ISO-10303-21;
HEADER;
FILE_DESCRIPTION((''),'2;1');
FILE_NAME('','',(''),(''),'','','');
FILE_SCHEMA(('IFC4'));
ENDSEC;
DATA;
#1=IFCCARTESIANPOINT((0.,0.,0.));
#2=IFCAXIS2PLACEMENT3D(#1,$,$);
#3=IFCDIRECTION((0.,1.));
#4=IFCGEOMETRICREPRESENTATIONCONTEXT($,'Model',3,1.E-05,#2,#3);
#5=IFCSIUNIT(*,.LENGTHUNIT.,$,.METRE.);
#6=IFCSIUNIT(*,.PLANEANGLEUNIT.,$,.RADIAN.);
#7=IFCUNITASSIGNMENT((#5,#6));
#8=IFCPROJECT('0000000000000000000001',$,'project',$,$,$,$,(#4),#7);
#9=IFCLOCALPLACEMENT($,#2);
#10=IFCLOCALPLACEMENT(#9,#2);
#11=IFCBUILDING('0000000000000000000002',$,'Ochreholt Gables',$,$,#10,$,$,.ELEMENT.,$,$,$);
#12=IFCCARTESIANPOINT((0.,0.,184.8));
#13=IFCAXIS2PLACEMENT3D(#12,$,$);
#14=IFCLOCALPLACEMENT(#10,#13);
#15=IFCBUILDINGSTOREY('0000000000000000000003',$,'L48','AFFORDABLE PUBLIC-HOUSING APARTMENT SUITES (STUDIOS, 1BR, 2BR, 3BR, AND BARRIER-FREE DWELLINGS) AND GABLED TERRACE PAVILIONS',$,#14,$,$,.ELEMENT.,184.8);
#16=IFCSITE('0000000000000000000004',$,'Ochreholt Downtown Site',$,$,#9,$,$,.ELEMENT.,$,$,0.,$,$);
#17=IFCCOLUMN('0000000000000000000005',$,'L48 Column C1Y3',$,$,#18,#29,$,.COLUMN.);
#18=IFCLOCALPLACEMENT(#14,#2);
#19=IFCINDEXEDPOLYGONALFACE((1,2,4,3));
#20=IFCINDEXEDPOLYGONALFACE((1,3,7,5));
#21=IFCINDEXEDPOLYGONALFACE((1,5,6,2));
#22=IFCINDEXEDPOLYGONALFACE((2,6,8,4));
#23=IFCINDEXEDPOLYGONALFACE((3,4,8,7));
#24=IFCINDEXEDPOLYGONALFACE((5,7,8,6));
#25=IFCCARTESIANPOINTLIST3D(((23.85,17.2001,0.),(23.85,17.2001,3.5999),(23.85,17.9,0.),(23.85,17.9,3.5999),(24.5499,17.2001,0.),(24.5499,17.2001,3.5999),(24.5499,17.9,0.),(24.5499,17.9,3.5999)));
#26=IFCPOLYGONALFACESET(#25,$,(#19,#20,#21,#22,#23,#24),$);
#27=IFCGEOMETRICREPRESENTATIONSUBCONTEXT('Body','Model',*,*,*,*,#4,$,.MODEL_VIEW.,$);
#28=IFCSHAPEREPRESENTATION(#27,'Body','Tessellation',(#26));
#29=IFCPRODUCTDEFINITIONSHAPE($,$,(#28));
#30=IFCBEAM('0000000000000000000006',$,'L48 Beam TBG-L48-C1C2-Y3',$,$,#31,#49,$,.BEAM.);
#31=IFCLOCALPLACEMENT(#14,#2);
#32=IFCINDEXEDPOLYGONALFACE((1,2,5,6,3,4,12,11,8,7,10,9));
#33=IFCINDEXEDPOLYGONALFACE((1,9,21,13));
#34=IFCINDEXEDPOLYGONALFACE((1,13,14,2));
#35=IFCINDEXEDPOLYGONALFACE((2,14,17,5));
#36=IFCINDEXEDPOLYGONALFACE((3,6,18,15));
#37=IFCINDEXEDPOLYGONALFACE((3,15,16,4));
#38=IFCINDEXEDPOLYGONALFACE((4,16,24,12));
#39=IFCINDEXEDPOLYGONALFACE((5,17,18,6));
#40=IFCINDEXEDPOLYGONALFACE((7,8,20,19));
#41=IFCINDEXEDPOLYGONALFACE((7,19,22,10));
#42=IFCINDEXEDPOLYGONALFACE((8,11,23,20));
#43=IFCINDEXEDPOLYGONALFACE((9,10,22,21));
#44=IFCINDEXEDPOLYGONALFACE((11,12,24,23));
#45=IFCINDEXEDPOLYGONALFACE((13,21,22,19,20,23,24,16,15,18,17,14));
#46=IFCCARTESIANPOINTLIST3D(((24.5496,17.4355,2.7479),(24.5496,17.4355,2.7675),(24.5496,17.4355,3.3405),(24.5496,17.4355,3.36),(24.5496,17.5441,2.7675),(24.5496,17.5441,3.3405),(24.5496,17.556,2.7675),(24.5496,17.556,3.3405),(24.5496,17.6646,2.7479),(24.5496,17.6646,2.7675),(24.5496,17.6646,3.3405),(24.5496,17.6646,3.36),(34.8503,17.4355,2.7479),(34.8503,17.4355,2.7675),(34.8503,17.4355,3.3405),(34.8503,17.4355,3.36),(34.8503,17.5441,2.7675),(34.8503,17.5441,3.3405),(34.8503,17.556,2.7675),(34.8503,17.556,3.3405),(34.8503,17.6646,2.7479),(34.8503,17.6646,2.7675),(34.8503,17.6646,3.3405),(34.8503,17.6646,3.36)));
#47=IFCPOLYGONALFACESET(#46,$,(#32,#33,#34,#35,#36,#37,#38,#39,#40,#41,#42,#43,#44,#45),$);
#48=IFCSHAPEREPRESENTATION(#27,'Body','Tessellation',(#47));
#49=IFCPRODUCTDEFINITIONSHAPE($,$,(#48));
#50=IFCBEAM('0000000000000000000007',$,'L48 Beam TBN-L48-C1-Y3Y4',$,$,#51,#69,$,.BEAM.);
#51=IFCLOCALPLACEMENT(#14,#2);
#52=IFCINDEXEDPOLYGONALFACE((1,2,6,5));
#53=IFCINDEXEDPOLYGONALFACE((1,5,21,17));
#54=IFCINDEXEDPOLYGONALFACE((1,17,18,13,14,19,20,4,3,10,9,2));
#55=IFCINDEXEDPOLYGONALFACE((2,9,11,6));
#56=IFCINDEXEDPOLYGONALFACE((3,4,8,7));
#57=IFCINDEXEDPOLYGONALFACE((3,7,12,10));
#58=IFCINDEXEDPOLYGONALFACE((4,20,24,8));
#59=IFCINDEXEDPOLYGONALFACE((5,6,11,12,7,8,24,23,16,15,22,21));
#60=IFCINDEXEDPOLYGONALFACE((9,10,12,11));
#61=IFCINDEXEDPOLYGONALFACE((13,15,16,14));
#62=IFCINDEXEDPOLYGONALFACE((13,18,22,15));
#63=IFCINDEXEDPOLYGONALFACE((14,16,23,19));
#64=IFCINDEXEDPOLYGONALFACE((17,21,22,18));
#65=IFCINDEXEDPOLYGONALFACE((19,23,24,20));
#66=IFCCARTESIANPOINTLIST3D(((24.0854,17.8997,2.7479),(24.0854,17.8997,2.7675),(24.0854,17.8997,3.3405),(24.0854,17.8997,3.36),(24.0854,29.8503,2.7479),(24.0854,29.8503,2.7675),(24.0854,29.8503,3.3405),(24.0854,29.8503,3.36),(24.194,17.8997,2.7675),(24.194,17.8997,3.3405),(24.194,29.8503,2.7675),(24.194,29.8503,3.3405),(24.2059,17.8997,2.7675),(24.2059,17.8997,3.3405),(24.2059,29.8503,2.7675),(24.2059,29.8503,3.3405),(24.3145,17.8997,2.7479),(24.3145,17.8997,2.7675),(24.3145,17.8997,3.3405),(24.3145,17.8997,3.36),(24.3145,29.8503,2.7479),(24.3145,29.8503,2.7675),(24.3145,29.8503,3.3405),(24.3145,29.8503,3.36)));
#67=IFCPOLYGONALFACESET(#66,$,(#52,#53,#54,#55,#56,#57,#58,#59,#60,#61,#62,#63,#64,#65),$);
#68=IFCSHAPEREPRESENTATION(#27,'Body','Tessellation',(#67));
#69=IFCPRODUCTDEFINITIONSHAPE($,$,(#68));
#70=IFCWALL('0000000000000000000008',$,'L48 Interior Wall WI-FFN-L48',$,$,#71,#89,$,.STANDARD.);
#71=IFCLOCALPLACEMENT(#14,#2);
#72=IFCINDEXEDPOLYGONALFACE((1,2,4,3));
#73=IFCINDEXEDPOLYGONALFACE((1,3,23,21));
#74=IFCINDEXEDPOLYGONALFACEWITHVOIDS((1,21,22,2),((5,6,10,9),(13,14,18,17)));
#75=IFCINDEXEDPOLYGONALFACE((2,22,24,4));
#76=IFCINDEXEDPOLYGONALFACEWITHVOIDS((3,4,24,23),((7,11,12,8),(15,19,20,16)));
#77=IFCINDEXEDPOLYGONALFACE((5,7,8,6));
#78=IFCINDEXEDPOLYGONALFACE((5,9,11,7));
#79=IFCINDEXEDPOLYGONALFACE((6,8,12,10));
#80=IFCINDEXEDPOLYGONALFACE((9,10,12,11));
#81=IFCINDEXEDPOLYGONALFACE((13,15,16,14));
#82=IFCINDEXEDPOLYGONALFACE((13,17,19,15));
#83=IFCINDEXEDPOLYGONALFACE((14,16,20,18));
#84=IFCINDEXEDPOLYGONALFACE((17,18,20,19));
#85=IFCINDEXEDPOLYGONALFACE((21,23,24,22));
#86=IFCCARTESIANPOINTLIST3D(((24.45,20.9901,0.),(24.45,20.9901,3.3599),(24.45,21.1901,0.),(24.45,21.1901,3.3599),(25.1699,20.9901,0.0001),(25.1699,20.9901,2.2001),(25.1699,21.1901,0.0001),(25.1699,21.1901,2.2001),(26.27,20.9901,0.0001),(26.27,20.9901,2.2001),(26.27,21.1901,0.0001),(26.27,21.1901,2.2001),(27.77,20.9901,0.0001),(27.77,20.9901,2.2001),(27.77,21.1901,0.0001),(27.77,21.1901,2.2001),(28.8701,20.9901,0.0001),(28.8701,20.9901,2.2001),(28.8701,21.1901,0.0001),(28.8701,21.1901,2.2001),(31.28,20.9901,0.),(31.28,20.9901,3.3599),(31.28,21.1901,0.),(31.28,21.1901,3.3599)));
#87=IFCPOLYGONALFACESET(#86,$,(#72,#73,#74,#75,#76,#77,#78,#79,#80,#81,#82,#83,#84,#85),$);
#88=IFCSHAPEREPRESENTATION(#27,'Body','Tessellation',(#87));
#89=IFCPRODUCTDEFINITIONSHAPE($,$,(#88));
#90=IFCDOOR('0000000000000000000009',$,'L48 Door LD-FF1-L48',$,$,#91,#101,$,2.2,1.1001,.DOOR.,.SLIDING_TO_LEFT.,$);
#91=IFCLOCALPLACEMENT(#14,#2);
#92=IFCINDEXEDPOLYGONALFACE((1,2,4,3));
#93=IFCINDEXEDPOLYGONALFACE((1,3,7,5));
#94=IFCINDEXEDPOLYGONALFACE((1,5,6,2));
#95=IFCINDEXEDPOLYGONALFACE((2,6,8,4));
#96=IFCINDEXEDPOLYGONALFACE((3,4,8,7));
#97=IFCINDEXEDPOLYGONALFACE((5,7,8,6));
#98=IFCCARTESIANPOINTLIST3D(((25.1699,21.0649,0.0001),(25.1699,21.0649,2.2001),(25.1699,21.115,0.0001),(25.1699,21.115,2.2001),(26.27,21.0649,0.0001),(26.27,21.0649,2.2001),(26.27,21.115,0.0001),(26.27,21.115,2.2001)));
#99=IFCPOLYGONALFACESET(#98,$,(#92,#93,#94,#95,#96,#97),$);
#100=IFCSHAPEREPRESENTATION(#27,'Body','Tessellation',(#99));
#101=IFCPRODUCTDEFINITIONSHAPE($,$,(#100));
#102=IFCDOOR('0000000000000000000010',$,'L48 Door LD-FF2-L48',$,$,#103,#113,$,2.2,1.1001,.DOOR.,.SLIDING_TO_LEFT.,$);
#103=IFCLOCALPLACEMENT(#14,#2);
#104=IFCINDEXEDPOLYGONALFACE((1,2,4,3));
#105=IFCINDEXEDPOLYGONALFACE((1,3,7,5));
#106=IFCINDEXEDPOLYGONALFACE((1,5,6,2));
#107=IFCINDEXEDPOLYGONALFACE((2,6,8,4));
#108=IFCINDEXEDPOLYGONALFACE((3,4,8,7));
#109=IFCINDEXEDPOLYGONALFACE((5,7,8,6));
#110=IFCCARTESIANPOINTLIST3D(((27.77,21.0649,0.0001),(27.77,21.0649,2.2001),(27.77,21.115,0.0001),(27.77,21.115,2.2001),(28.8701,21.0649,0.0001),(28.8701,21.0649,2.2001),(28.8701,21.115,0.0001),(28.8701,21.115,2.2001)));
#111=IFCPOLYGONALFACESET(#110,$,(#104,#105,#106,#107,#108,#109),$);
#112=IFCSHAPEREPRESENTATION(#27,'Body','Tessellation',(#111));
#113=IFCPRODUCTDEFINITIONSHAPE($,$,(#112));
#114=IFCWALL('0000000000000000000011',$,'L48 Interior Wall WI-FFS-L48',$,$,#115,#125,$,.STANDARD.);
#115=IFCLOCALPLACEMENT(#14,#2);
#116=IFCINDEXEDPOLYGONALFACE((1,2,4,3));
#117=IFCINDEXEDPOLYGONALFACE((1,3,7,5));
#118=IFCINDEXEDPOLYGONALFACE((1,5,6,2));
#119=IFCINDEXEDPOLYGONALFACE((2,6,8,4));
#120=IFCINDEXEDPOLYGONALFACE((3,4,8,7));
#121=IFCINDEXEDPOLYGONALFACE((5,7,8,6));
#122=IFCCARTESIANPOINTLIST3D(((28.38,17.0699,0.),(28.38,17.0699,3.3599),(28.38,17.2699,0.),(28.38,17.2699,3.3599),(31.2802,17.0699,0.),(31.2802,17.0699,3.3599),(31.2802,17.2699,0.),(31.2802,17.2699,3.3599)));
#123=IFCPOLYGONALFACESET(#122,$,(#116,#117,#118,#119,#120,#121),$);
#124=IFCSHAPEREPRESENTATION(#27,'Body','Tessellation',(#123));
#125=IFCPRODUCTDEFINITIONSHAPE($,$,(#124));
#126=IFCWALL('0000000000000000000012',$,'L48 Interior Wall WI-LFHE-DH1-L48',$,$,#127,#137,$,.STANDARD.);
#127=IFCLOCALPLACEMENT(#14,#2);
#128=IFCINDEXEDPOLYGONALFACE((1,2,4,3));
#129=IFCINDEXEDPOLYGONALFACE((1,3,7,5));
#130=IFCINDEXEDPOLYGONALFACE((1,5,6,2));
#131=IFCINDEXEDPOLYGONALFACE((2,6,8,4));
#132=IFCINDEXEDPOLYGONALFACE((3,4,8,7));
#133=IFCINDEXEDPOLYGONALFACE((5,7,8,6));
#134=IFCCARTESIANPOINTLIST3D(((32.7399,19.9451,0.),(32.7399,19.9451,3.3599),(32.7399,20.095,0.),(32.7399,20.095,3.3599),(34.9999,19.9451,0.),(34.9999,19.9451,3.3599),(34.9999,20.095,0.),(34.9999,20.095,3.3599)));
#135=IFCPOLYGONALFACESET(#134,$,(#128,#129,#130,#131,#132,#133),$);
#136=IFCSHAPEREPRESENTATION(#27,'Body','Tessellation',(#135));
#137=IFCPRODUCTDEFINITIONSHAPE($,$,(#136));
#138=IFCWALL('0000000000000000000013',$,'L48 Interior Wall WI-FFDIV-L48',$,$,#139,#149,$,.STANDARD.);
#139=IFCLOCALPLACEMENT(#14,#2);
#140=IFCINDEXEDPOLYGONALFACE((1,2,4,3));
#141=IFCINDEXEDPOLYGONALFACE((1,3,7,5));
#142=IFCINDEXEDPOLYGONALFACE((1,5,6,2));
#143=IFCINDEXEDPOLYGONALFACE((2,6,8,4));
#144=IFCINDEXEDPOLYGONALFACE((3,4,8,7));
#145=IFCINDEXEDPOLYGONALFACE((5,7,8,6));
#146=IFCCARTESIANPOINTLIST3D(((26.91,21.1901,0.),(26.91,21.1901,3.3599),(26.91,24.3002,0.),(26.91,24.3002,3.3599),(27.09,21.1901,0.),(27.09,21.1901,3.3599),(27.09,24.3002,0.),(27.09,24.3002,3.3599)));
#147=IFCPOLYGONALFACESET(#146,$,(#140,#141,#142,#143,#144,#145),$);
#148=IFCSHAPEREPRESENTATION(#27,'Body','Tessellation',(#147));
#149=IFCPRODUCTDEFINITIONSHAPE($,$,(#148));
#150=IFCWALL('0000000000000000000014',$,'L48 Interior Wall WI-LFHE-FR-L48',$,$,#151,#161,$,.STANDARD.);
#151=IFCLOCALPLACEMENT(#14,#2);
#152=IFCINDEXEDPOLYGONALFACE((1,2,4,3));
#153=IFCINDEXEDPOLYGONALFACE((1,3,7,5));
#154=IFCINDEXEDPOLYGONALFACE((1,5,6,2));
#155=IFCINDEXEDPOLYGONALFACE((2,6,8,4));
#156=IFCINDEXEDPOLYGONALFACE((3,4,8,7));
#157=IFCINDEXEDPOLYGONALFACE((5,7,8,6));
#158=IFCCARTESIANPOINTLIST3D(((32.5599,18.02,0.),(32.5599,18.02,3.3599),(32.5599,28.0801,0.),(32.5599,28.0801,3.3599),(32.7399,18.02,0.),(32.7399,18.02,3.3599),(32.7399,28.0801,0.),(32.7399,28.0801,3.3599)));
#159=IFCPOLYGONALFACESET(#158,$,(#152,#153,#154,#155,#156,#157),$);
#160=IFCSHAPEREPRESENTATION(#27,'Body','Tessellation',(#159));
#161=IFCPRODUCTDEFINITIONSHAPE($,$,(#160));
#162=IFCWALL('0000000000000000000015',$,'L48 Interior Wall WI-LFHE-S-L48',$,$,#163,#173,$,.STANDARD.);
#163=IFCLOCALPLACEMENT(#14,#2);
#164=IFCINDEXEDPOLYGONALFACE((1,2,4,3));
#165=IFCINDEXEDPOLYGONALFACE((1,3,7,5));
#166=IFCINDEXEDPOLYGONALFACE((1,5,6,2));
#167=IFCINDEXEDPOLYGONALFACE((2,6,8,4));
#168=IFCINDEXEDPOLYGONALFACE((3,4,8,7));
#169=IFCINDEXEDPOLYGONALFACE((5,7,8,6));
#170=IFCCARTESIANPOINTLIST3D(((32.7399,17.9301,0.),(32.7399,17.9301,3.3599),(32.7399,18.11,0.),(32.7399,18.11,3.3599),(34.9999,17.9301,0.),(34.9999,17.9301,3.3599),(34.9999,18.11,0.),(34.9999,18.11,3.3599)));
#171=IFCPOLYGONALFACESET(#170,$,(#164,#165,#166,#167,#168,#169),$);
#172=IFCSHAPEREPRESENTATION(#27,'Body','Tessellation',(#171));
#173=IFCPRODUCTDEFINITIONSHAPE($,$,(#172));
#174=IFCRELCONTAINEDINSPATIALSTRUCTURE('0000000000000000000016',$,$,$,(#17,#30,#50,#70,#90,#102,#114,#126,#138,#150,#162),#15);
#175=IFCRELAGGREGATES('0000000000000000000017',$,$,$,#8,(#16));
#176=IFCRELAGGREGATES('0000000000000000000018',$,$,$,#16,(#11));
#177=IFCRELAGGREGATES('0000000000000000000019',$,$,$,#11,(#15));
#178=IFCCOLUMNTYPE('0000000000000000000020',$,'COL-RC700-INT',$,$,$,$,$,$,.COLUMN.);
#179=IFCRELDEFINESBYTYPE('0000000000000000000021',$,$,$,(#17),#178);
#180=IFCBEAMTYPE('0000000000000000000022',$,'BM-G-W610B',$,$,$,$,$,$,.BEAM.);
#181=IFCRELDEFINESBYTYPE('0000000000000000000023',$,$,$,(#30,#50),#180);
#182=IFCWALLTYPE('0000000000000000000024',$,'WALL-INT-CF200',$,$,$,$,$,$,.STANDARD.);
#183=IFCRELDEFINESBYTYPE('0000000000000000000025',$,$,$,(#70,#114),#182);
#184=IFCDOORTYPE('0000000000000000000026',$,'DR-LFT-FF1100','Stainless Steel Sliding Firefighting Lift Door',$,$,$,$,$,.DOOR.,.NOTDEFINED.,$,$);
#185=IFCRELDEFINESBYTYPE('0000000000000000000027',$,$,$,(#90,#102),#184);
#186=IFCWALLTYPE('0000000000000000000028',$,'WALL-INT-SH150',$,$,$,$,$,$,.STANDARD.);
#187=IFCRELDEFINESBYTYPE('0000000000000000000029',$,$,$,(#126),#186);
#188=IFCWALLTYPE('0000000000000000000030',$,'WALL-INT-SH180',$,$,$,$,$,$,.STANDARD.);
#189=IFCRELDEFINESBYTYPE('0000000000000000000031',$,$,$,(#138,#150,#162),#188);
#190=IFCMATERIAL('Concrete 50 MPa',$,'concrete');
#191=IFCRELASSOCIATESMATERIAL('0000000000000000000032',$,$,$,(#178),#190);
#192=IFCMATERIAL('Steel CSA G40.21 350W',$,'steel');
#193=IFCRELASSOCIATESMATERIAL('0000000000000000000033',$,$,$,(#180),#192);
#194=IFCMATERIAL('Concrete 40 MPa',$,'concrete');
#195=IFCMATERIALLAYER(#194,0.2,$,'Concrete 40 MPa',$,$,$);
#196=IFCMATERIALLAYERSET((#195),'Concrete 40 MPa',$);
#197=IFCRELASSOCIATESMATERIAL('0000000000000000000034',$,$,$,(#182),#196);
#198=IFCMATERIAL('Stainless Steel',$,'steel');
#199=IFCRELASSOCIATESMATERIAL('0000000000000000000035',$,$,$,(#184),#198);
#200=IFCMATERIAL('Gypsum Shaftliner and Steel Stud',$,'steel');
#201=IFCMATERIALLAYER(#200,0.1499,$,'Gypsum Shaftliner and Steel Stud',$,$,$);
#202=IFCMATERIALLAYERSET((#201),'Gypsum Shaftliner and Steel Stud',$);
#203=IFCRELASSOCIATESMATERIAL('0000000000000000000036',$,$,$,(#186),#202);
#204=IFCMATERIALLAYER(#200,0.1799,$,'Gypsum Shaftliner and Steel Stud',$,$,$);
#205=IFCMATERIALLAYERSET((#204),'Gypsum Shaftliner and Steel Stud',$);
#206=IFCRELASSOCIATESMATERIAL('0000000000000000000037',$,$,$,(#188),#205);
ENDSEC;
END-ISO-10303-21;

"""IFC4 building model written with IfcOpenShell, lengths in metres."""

from ifc_helpers import new_model, si_unit, direction, frame, frame_2d, origin, origin_2d, place, context, subcontext, project, spatial, rectangle, i_section, extrude, material, layer, layer_set, material_profile, profile_set, type_object, element, fill, save


model = new_model("IFC4")

# Units and contexts
model_context = context("Model", 3, precision=1e-05, world=origin(), true_north=direction((0.0, 1.0)))
body_context = subcontext(model_context, "Body", "Model", "MODEL_VIEW")
ifc_project = project(units=[si_unit("LENGTHUNIT", "METRE"), si_unit("PLANEANGLEUNIT", "RADIAN")], contexts=[model_context])

# Site, building, storey
site_placement = place(None, origin())
site = spatial("IfcSite", under=ifc_project, at=site_placement, Name="Ochreholt Downtown Site", CompositionType="ELEMENT", RefElevation=0.0)
building_placement = place(site_placement, origin())
building = spatial("IfcBuilding", under=site, at=building_placement, Name="Ochreholt Gables", CompositionType="ELEMENT")
storey_placement = place(building_placement, frame((0.0, 0.0, 184.8)))
storey = spatial("IfcBuildingStorey", under=building, at=storey_placement, Name="L48", Description="AFFORDABLE PUBLIC-HOUSING APARTMENT SUITES (STUDIOS, 1BR, 2BR, 3BR, AND BARRIER-FREE DWELLINGS) AND GABLED TERRACE PAVILIONS", CompositionType="ELEMENT", Elevation=184.8)

# Column
ifc_material_1 = material(Name="Concrete 50 MPa", Category="concrete")
ifc_material_profile_1 = material_profile(ifc_material_1, rectangle(XDim=0.7, YDim=0.7, at=origin_2d()), Name="RC700X700")
ifc_profile_set_1 = profile_set([ifc_material_profile_1], Name="Concrete 50 MPa")
column_type = type_object("IfcColumnType", Name="COL-RC700-INT", PredefinedType="COLUMN", material=ifc_profile_set_1)
column_placement = place(storey_placement, frame((24.2, 17.55, 0.0), z_axis=(0.0, 0.0, 1.0), x_axis=(1.0, 0.0, 0.0)))
element("IfcColumn", 1, at=column_placement, inside=storey, type_object=column_type, Name="L48 Column C1Y3", PredefinedType="COLUMN", context=body_context, shape_type="SweptSolid", body=[
    extrude(rectangle(XDim=0.7, YDim=0.7, at=origin_2d()), origin(), (0.0, 0.0, 1.0), 3.5999),
])

# Beams
ifc_material_2 = material(Name="Steel CSA G40.21 350W", Category="steel")
ifc_material_profile_2 = material_profile(ifc_material_2, i_section(OverallWidth=0.229, OverallDepth=0.6121, WebThickness=0.012, FlangeThickness=0.0195, at=origin_2d()), Name="W610X125")
ifc_profile_set_2 = profile_set([ifc_material_profile_2], Name="Steel CSA G40.21 350W")
beam_type = type_object("IfcBeamType", Name="BM-G-W610B", PredefinedType="BEAM", material=ifc_profile_set_2)
beam_1_placement = place(storey_placement, frame((24.5496, 17.55, 3.054), z_axis=(1.0, 0.0, 0.0), x_axis=(0.0, 1.0, 0.0)))
element("IfcBeam", 2, at=beam_1_placement, inside=storey, type_object=beam_type, Name="L48 Beam TBG-L48-C1C2-Y3", PredefinedType="BEAM", context=body_context, shape_type="SweptSolid", body=[
    extrude(i_section(OverallWidth=0.229, OverallDepth=0.6121, WebThickness=0.012, FlangeThickness=0.0195, at=origin_2d()), origin(), (0.0, 0.0, 1.0), 10.3008),
])
beam_2_placement = place(storey_placement, frame((24.2, 17.8997, 3.054), z_axis=(0.0, 1.0, 0.0), x_axis=(-1.0, 0.0, 0.0)))
element("IfcBeam", 3, at=beam_2_placement, inside=storey, type_object=beam_type, Name="L48 Beam TBN-L48-C1-Y3Y4", PredefinedType="BEAM", context=body_context, shape_type="SweptSolid", body=[
    extrude(i_section(OverallWidth=0.229, OverallDepth=0.6121, WebThickness=0.012, FlangeThickness=0.0195, at=origin_2d()), origin(), (0.0, 0.0, 1.0), 11.9507),
])

# Wall, openings, doors
ifc_material_3 = material(Name="Concrete 40 MPa", Category="concrete")
ifc_layer_1 = layer(ifc_material_3, 0.2, Name="Concrete 40 MPa")
ifc_layer_set_1 = layer_set([ifc_layer_1], Name="Concrete 40 MPa")
wall_type_1 = type_object("IfcWallType", Name="WALL-INT-CF200", PredefinedType="STANDARD", material=ifc_layer_set_1)
wall_1_placement = place(storey_placement, frame((24.45, 21.0901, 0.0), z_axis=(0.0, 0.0, 1.0), x_axis=(1.0, 0.0, 0.0)))
wall_1 = element("IfcWall", 4, at=wall_1_placement, inside=storey, type_object=wall_type_1, Name="L48 Interior Wall WI-FFN-L48", PredefinedType="STANDARD", context=body_context, shape_type="SweptSolid", body=[
    extrude(rectangle(XDim=6.8301, YDim=0.2, at=frame_2d((3.415, 0.0))), origin(), (0.0, 0.0, 1.0), 3.3599),
])
opening_1_placement = place(wall_1_placement, frame((0.72, 0.0, 0.0)))
opening_1 = element("IfcOpeningElement", 5, at=opening_1_placement, cuts=wall_1, PredefinedType="OPENING", context=body_context, shape_type="SweptSolid", body=[
    extrude(rectangle(XDim=1.1001, YDim=2.2, at=frame_2d((0.55, 1.1001))), frame((0.0, 0.1099, 0.0), z_axis=(0.0, -1.0, 0.0), x_axis=(1.0, 0.0, 0.0)), (0.0, 0.0, 1.0), 0.22),
])
opening_2_placement = place(wall_1_placement, frame((3.3201, 0.0, 0.0)))
opening_2 = element("IfcOpeningElement", 6, at=opening_2_placement, cuts=wall_1, PredefinedType="OPENING", context=body_context, shape_type="SweptSolid", body=[
    extrude(rectangle(XDim=1.1001, YDim=2.2, at=frame_2d((0.55, 1.1001))), frame((0.0, 0.1099, 0.0), z_axis=(0.0, -1.0, 0.0), x_axis=(1.0, 0.0, 0.0)), (0.0, 0.0, 1.0), 0.22),
])
ifc_material_4 = material(Name="Stainless Steel", Category="steel")
door_type_1 = type_object("IfcDoorType", Name="DR-LFT-FF1100", Description="Stainless Steel Sliding Firefighting Lift Door", OperationType="NOTDEFINED", PredefinedType="DOOR", material=ifc_material_4)
door_1_placement = place(opening_1_placement, origin())
door_1 = element("IfcDoor", 7, at=door_1_placement, inside=storey, type_object=door_type_1, Name="L48 Door LD-FF1-L48", OperationType="SLIDING_TO_LEFT", OverallHeight=2.2, OverallWidth=1.1001, PredefinedType="DOOR", context=body_context, shape_type="SweptSolid", body=[
    extrude(rectangle(XDim=1.1001, YDim=2.2, at=frame_2d((0.55, 1.1001))), frame((0.0, 0.0249, 0.0), z_axis=(0.0, -1.0, 0.0), x_axis=(1.0, 0.0, 0.0)), (0.0, 0.0, 1.0), 0.05),
])
fill(opening_1, door_1)
door_2_placement = place(opening_2_placement, origin())
door_2 = element("IfcDoor", 8, at=door_2_placement, inside=storey, type_object=door_type_1, Name="L48 Door LD-FF2-L48", OperationType="SLIDING_TO_LEFT", OverallHeight=2.2, OverallWidth=1.1001, PredefinedType="DOOR", context=body_context, shape_type="SweptSolid", body=[
    extrude(rectangle(XDim=1.1001, YDim=2.2, at=frame_2d((0.55, 1.1001))), frame((0.0, 0.0249, 0.0), z_axis=(0.0, -1.0, 0.0), x_axis=(1.0, 0.0, 0.0)), (0.0, 0.0, 1.0), 0.05),
])
fill(opening_2, door_2)

# Wall
wall_2_placement = place(storey_placement, frame((28.3799, 17.1699, 0.0), z_axis=(0.0, 0.0, 1.0), x_axis=(1.0, 0.0, 0.0)))
element("IfcWall", 9, at=wall_2_placement, inside=storey, type_object=wall_type_1, Name="L48 Interior Wall WI-FFS-L48", PredefinedType="STANDARD", context=body_context, shape_type="SweptSolid", body=[
    extrude(rectangle(XDim=2.9001, YDim=0.2, at=frame_2d((1.4502, 0.0))), origin(), (0.0, 0.0, 1.0), 3.3599),
])

# Walls
ifc_material_5 = material(Name="Gypsum Shaftliner and Steel Stud", Category="steel")
ifc_layer_2 = layer(ifc_material_5, 0.1499, Name="Gypsum Shaftliner and Steel Stud")
ifc_layer_set_2 = layer_set([ifc_layer_2], Name="Gypsum Shaftliner and Steel Stud")
wall_type_2 = type_object("IfcWallType", Name="WALL-INT-SH150", PredefinedType="STANDARD", material=ifc_layer_set_2)
wall_3_placement = place(storey_placement, frame((32.74, 20.02, 0.0), z_axis=(0.0, 0.0, 1.0), x_axis=(1.0, 0.0, 0.0)))
element("IfcWall", 10, at=wall_3_placement, inside=storey, type_object=wall_type_2, Name="L48 Interior Wall WI-LFHE-DH1-L48", PredefinedType="STANDARD", context=body_context, shape_type="SweptSolid", body=[
    extrude(rectangle(XDim=2.26, YDim=0.1499, at=frame_2d((1.1299, 0.0))), origin(), (0.0, 0.0, 1.0), 3.3599),
])
ifc_layer_3 = layer(ifc_material_5, 0.1799, Name="Gypsum Shaftliner and Steel Stud")
ifc_layer_set_3 = layer_set([ifc_layer_3], Name="Gypsum Shaftliner and Steel Stud")
wall_type_3 = type_object("IfcWallType", Name="WALL-INT-SH180", PredefinedType="STANDARD", material=ifc_layer_set_3)
wall_4_placement = place(storey_placement, frame((27.0, 21.1899, 0.0), z_axis=(0.0, 0.0, 1.0), x_axis=(0.0, 1.0, 0.0)))
element("IfcWall", 11, at=wall_4_placement, inside=storey, type_object=wall_type_3, Name="L48 Interior Wall WI-FFDIV-L48", PredefinedType="STANDARD", context=body_context, shape_type="SweptSolid", body=[
    extrude(rectangle(XDim=3.1101, YDim=0.1799, at=frame_2d((1.5552, 0.0))), origin(), (0.0, 0.0, 1.0), 3.3599),
])
wall_5_placement = place(storey_placement, frame((32.6499, 18.02, 0.0), z_axis=(0.0, 0.0, 1.0), x_axis=(0.0, 1.0, 0.0)))
element("IfcWall", 12, at=wall_5_placement, inside=storey, type_object=wall_type_3, Name="L48 Interior Wall WI-LFHE-FR-L48", PredefinedType="STANDARD", context=body_context, shape_type="SweptSolid", body=[
    extrude(rectangle(XDim=10.0601, YDim=0.1799, at=frame_2d((5.03, 0.0))), origin(), (0.0, 0.0, 1.0), 3.3599),
])
wall_6_placement = place(storey_placement, frame((32.74, 18.02, 0.0), z_axis=(0.0, 0.0, 1.0), x_axis=(1.0, 0.0, 0.0)))
element("IfcWall", 13, at=wall_6_placement, inside=storey, type_object=wall_type_3, Name="L48 Interior Wall WI-LFHE-S-L48", PredefinedType="STANDARD", context=body_context, shape_type="SweptSolid", body=[
    extrude(rectangle(XDim=2.26, YDim=0.1799, at=frame_2d((1.1299, 0.0))), origin(), (0.0, 0.0, 1.0), 3.3599),
])

save(model, "model.ifc")
